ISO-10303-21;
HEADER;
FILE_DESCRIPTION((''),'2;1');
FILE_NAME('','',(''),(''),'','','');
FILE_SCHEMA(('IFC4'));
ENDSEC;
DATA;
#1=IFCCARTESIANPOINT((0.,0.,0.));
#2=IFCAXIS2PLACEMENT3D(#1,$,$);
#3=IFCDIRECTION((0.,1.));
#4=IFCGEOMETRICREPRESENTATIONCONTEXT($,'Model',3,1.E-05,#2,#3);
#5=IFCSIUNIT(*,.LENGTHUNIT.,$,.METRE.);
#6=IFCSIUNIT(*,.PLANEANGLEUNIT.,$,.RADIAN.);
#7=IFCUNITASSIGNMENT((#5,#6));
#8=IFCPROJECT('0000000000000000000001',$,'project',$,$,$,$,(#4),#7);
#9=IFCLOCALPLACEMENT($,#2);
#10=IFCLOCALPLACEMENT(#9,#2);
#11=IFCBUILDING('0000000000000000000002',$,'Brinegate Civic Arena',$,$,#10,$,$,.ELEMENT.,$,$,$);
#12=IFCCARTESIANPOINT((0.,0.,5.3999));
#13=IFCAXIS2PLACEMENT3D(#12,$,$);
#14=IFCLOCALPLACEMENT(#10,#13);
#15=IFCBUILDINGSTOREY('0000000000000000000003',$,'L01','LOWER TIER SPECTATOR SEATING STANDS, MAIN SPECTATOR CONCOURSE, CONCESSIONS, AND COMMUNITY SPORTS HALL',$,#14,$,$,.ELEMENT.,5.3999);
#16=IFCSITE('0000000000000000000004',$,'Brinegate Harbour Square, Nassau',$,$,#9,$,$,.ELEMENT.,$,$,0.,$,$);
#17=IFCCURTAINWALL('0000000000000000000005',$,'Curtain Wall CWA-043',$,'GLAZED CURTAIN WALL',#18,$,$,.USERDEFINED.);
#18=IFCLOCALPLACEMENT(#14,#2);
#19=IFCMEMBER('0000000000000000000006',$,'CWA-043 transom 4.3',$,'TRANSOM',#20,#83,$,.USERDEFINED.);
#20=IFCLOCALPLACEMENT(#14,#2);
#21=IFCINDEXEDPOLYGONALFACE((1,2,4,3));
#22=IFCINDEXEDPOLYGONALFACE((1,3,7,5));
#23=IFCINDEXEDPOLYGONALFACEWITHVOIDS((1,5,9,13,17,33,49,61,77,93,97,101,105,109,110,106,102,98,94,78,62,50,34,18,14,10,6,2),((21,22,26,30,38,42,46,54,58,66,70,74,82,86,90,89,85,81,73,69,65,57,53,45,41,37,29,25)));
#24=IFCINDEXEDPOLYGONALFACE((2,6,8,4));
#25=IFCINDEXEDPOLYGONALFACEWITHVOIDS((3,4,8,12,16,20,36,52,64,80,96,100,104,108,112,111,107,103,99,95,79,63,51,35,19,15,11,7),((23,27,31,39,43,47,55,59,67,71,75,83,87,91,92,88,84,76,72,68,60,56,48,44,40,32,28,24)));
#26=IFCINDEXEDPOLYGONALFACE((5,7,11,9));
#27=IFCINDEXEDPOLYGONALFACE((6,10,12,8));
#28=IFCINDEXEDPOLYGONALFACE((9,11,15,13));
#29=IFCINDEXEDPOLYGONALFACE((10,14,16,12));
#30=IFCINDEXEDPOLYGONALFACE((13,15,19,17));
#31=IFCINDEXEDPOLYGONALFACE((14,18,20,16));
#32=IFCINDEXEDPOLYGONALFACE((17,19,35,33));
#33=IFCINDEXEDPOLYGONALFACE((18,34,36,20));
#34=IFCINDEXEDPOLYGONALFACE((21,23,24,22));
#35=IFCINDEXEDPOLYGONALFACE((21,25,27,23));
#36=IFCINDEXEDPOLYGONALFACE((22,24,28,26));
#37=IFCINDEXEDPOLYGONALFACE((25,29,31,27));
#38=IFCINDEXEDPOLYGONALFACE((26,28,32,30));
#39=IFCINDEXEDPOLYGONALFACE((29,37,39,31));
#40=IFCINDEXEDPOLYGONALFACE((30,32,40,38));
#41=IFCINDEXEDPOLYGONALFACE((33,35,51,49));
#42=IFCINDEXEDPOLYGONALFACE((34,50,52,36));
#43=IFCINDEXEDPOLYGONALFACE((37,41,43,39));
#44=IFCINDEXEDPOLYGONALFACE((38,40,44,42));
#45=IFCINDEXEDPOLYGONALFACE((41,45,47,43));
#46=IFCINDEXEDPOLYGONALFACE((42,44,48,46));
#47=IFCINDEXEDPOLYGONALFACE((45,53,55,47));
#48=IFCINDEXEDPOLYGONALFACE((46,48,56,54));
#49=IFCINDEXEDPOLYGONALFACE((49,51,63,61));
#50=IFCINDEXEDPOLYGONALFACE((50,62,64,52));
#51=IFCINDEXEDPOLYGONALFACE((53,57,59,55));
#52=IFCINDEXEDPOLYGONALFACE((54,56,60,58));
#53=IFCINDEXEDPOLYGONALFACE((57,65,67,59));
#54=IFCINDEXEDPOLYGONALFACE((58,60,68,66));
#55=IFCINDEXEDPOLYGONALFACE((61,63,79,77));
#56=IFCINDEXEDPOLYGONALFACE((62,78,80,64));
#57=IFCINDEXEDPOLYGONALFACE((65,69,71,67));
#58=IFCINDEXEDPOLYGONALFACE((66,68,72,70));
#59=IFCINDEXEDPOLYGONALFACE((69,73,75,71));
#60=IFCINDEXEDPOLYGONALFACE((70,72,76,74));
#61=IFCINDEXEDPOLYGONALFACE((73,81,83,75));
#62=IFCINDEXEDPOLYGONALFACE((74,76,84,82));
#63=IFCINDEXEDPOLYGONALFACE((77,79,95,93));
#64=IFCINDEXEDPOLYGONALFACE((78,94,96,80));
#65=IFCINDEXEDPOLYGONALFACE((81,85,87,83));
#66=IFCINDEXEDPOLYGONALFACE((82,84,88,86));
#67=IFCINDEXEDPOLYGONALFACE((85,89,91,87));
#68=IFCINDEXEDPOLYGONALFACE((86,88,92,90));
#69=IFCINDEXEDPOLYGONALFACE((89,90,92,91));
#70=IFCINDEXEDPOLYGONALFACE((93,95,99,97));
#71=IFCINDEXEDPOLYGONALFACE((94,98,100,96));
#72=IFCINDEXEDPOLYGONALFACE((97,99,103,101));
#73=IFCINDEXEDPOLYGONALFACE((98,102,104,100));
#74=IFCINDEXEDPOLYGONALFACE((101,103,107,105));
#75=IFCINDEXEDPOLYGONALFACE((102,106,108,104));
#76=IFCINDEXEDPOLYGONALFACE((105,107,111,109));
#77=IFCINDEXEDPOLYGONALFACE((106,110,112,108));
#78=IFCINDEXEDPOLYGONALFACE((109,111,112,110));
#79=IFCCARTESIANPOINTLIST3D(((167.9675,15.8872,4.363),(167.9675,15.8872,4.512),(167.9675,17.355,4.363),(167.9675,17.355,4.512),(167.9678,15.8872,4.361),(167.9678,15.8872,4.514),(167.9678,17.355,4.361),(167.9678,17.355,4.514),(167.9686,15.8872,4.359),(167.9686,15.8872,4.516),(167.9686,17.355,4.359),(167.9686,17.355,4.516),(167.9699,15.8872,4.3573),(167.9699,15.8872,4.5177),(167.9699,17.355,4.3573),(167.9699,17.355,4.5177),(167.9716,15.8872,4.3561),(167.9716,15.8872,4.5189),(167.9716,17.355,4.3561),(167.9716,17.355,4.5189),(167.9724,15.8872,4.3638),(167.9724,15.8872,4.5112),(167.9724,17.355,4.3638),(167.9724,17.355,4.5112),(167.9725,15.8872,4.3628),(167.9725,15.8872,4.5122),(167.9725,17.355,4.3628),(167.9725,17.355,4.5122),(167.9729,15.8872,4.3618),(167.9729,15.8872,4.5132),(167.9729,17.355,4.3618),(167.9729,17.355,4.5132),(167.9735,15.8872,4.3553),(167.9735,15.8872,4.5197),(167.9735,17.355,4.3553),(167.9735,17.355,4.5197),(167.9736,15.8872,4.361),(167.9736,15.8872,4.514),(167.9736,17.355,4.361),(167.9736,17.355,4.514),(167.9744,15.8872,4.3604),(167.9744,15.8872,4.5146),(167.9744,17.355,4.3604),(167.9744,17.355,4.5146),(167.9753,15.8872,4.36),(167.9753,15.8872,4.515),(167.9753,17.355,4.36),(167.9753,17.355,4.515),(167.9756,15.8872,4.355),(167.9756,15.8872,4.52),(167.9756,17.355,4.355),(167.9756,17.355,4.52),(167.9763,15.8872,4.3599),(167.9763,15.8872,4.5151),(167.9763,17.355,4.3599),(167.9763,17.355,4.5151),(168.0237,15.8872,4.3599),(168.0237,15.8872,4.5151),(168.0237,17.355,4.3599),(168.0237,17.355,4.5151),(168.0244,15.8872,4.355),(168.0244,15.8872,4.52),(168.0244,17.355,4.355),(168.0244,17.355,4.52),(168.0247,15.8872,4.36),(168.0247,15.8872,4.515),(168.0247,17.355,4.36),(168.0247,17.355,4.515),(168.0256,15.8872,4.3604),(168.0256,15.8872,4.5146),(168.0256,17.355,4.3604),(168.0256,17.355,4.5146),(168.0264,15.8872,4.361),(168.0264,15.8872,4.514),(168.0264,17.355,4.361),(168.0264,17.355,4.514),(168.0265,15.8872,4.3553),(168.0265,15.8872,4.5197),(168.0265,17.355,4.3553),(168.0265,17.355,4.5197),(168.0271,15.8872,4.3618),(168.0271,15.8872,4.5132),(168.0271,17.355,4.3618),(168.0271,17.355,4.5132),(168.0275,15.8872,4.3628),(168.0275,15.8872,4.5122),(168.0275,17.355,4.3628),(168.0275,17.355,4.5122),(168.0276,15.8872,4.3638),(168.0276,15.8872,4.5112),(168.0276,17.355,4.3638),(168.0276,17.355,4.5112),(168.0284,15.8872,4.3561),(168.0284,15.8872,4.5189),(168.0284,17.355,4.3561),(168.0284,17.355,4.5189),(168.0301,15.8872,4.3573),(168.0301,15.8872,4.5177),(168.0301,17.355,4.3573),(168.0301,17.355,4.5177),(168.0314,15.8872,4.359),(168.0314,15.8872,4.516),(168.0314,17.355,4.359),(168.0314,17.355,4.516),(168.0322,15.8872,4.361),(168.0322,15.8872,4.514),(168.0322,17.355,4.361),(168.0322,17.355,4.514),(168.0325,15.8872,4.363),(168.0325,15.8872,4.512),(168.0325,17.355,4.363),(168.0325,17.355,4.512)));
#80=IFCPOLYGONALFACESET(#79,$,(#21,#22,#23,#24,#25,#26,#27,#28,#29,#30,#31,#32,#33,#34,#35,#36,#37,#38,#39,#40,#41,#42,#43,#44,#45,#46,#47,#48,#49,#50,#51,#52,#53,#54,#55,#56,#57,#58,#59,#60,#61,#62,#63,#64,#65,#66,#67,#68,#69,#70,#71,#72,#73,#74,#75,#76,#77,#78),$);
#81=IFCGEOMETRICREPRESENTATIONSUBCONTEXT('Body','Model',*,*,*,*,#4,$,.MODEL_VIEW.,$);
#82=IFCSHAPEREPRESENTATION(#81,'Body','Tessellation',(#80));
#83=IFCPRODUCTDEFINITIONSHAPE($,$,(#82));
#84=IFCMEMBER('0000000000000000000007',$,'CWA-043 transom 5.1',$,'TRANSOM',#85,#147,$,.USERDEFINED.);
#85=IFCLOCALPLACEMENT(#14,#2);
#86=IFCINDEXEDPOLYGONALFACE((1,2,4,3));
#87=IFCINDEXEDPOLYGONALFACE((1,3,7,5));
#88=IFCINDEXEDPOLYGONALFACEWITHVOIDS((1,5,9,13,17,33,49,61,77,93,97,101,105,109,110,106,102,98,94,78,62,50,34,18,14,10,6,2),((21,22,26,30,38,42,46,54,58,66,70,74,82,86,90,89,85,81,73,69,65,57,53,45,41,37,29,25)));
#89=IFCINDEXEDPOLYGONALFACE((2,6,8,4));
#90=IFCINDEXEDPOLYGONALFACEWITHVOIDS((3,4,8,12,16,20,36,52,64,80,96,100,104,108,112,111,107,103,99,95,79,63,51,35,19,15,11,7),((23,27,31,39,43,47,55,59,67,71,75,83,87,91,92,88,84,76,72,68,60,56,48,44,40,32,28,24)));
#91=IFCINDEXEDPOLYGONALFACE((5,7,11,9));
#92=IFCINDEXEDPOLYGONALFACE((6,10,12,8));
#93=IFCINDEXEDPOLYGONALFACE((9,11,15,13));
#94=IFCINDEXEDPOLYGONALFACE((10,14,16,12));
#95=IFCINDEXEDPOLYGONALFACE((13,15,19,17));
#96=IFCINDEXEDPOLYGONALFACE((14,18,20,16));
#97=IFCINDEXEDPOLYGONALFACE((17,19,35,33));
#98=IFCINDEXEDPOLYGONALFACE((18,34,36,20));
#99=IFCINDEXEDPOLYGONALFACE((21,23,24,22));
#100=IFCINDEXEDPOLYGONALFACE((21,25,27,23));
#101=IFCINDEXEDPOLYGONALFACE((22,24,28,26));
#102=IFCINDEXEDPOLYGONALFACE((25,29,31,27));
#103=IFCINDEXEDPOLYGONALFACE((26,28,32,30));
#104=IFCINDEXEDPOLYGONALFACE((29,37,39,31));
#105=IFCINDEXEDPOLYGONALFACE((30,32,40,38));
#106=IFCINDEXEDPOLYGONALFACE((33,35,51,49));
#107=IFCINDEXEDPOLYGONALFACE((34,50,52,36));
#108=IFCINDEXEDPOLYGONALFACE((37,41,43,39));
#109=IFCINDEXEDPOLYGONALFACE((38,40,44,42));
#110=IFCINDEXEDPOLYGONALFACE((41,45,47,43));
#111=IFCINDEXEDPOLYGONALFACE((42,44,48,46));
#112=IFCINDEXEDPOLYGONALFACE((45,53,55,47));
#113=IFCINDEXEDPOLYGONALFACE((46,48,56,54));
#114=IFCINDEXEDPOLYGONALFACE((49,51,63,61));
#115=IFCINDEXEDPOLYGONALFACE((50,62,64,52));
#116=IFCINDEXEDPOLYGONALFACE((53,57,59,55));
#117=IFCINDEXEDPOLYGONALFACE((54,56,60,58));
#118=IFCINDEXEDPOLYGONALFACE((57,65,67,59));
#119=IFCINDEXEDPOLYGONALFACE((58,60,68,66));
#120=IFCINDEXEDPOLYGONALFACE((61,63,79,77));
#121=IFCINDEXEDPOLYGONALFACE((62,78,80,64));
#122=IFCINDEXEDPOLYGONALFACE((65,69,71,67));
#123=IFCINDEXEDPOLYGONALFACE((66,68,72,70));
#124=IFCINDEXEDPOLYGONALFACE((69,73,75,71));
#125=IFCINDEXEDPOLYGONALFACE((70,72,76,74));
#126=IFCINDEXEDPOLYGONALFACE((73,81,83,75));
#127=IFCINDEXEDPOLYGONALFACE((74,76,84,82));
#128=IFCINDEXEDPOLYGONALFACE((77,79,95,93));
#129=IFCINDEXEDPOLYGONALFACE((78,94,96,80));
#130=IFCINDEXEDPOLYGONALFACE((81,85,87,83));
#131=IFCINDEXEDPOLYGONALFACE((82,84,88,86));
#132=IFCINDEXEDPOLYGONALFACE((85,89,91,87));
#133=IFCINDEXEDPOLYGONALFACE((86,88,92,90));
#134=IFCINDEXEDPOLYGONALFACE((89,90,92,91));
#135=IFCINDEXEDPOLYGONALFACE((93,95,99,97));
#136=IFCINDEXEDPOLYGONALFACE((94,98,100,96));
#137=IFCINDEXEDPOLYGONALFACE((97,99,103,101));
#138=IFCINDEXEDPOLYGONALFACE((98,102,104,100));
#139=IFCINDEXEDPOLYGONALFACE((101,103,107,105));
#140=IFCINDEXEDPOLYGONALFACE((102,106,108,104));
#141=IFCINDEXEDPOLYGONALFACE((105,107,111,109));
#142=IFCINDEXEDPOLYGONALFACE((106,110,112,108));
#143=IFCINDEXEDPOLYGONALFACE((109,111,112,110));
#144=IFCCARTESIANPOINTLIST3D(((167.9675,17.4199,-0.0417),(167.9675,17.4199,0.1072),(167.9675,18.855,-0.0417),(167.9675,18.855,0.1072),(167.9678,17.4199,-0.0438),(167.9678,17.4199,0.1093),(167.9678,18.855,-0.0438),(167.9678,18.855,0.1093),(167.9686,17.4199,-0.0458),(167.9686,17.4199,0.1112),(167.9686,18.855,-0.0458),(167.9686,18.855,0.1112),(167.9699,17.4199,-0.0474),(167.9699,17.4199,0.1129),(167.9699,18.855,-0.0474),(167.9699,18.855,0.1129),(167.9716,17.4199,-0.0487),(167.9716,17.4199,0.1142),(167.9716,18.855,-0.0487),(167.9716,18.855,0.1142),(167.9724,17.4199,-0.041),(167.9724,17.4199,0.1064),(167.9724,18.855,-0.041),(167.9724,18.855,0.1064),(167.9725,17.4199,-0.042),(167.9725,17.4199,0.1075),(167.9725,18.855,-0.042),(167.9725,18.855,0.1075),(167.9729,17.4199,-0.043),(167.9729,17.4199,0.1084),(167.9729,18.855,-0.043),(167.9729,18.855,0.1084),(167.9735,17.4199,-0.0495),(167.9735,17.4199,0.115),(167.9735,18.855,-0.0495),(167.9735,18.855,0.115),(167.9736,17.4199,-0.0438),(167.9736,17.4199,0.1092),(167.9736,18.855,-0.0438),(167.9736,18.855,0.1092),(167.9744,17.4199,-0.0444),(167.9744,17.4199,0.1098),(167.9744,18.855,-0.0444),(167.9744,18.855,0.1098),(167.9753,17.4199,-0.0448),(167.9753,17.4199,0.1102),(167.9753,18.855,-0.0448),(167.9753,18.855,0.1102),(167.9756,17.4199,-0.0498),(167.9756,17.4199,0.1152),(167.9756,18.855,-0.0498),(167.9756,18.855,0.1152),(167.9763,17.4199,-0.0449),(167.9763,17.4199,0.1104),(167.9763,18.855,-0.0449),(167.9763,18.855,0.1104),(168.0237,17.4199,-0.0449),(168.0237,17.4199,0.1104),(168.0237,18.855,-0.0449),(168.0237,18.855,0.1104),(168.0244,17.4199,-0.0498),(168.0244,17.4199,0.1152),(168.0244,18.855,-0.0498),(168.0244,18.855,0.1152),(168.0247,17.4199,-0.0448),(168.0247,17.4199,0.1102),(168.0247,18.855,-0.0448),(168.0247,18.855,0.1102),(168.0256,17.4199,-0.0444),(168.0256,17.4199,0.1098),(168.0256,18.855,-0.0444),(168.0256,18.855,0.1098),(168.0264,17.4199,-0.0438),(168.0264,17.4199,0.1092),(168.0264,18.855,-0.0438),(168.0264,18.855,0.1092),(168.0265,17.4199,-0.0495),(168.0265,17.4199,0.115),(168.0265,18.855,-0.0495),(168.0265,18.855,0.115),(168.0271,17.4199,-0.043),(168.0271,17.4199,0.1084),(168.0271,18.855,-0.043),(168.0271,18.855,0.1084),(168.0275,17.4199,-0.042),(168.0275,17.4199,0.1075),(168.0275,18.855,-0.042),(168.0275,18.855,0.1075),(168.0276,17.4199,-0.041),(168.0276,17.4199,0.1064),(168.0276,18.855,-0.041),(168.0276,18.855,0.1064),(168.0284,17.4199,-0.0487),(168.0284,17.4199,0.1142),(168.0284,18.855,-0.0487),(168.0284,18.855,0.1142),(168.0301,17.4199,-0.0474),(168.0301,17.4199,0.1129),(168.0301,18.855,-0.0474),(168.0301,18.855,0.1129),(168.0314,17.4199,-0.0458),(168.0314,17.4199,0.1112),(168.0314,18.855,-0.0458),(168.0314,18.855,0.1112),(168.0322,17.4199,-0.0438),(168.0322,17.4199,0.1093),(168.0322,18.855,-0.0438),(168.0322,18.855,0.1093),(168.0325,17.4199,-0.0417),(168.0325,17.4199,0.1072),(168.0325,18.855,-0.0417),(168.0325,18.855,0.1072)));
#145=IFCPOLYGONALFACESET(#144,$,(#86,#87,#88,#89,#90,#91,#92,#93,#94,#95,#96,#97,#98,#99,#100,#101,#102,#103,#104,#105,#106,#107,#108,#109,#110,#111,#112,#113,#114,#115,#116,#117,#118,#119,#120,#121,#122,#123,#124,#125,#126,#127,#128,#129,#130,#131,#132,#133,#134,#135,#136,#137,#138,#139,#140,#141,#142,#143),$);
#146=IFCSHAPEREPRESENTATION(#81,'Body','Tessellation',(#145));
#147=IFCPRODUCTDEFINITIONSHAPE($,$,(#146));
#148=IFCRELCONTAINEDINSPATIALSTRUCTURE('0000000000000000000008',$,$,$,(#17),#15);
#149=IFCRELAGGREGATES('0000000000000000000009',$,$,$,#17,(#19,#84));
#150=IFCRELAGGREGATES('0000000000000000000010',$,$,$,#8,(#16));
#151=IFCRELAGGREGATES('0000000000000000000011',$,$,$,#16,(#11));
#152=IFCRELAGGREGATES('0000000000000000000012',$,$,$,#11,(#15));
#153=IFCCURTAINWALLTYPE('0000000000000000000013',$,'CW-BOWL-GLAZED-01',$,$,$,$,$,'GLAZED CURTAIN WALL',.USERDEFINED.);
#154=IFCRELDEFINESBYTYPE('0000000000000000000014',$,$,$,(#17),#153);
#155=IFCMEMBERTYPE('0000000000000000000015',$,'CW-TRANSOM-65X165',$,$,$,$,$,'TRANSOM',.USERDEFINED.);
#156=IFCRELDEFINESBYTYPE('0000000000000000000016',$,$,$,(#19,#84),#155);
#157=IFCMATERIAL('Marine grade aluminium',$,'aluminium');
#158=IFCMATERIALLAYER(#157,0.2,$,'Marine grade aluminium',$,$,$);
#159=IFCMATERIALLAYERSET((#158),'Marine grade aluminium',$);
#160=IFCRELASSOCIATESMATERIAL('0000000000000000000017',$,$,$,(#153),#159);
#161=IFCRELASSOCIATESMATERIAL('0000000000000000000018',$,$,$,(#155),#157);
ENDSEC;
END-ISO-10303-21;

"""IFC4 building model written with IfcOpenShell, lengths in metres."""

from ifc_helpers import new_model, si_unit, direction, frame, origin, origin_2d, place, context, subcontext, project, spatial, hollow_rectangle, extrude, material, layer, layer_set, material_profile, profile_set, type_object, element, aggregate, save


model = new_model("IFC4")

# Units and contexts
model_context = context("Model", 3, precision=1e-05, world=origin(), true_north=direction((0.0, 1.0)))
body_context = subcontext(model_context, "Body", "Model", "MODEL_VIEW")
ifc_project = project(units=[si_unit("LENGTHUNIT", "METRE"), si_unit("PLANEANGLEUNIT", "RADIAN")], contexts=[model_context])

# Site, building, storey
site_placement = place(None, origin())
site = spatial("IfcSite", under=ifc_project, at=site_placement, Name="Brinegate Harbour Square, Nassau", CompositionType="ELEMENT", RefElevation=0.0)
building_placement = place(site_placement, origin())
building = spatial("IfcBuilding", under=site, at=building_placement, Name="Brinegate Civic Arena", CompositionType="ELEMENT")
storey_placement = place(building_placement, frame((0.0, 0.0, 5.3999)))
storey = spatial("IfcBuildingStorey", under=building, at=storey_placement, Name="L01", Description="LOWER TIER SPECTATOR SEATING STANDS, MAIN SPECTATOR CONCOURSE, CONCESSIONS, AND COMMUNITY SPORTS HALL", CompositionType="ELEMENT", Elevation=5.3999)

# Curtain wall, members
ifc_material_1 = material(Name="Marine grade aluminium", Category="aluminium")
ifc_layer_1 = layer(ifc_material_1, 0.2, Name="Marine grade aluminium")
ifc_layer_set_1 = layer_set([ifc_layer_1], Name="Marine grade aluminium")
curtain_wall_type = type_object("IfcCurtainWallType", Name="CW-BOWL-GLAZED-01", ElementType="GLAZED CURTAIN WALL", PredefinedType="USERDEFINED", material=ifc_layer_set_1)
curtain_wall_placement = place(storey_placement, origin())
curtain_wall = element("IfcCurtainWall", 1, at=curtain_wall_placement, inside=storey, type_object=curtain_wall_type, Name="Curtain Wall CWA-043", ObjectType="GLAZED CURTAIN WALL", PredefinedType="USERDEFINED")
ifc_material_profile_1 = material_profile(ifc_material_1, hollow_rectangle(XDim=0.0649, YDim=0.165, WallThickness=0.0049, InnerFilletRadius=0.0039, OuterFilletRadius=0.0081, at=origin_2d()), Name="TRN65X165")
ifc_profile_set_1 = profile_set([ifc_material_profile_1], Name="Marine grade aluminium")
member_type_1 = type_object("IfcMemberType", Name="CW-TRANSOM-65X165", ElementType="TRANSOM", PredefinedType="USERDEFINED", material=ifc_profile_set_1)
member_1_placement = place(storey_placement, frame((168.0, 15.8872, 4.4375), z_axis=(0.0, 1.0, 0.0), x_axis=(-1.0, 0.0, 0.0)))
member_1 = element("IfcMember", 2, at=member_1_placement, type_object=member_type_1, Name="CWA-043 transom 4.3", ObjectType="TRANSOM", PredefinedType="USERDEFINED", context=body_context, shape_type="SweptSolid", body=[
    extrude(hollow_rectangle(XDim=0.0649, YDim=0.165, WallThickness=0.0049, InnerFilletRadius=0.0039, OuterFilletRadius=0.0081, at=origin_2d()), origin(), (0.0, 0.0, 1.0), 1.4678),
])
member_2_placement = place(storey_placement, frame((168.0, 17.4199, 0.0327), z_axis=(0.0, 1.0, 0.0), x_axis=(-1.0, 0.0, 0.0)))
member_2 = element("IfcMember", 3, at=member_2_placement, type_object=member_type_1, Name="CWA-043 transom 5.1", ObjectType="TRANSOM", PredefinedType="USERDEFINED", context=body_context, shape_type="SweptSolid", body=[
    extrude(hollow_rectangle(XDim=0.0649, YDim=0.165, WallThickness=0.0049, InnerFilletRadius=0.0039, OuterFilletRadius=0.0081, at=origin_2d()), origin(), (0.0, 0.0, 1.0), 1.4351),
])
aggregate(curtain_wall, [member_1, member_2])

save(model, "model.ifc")
